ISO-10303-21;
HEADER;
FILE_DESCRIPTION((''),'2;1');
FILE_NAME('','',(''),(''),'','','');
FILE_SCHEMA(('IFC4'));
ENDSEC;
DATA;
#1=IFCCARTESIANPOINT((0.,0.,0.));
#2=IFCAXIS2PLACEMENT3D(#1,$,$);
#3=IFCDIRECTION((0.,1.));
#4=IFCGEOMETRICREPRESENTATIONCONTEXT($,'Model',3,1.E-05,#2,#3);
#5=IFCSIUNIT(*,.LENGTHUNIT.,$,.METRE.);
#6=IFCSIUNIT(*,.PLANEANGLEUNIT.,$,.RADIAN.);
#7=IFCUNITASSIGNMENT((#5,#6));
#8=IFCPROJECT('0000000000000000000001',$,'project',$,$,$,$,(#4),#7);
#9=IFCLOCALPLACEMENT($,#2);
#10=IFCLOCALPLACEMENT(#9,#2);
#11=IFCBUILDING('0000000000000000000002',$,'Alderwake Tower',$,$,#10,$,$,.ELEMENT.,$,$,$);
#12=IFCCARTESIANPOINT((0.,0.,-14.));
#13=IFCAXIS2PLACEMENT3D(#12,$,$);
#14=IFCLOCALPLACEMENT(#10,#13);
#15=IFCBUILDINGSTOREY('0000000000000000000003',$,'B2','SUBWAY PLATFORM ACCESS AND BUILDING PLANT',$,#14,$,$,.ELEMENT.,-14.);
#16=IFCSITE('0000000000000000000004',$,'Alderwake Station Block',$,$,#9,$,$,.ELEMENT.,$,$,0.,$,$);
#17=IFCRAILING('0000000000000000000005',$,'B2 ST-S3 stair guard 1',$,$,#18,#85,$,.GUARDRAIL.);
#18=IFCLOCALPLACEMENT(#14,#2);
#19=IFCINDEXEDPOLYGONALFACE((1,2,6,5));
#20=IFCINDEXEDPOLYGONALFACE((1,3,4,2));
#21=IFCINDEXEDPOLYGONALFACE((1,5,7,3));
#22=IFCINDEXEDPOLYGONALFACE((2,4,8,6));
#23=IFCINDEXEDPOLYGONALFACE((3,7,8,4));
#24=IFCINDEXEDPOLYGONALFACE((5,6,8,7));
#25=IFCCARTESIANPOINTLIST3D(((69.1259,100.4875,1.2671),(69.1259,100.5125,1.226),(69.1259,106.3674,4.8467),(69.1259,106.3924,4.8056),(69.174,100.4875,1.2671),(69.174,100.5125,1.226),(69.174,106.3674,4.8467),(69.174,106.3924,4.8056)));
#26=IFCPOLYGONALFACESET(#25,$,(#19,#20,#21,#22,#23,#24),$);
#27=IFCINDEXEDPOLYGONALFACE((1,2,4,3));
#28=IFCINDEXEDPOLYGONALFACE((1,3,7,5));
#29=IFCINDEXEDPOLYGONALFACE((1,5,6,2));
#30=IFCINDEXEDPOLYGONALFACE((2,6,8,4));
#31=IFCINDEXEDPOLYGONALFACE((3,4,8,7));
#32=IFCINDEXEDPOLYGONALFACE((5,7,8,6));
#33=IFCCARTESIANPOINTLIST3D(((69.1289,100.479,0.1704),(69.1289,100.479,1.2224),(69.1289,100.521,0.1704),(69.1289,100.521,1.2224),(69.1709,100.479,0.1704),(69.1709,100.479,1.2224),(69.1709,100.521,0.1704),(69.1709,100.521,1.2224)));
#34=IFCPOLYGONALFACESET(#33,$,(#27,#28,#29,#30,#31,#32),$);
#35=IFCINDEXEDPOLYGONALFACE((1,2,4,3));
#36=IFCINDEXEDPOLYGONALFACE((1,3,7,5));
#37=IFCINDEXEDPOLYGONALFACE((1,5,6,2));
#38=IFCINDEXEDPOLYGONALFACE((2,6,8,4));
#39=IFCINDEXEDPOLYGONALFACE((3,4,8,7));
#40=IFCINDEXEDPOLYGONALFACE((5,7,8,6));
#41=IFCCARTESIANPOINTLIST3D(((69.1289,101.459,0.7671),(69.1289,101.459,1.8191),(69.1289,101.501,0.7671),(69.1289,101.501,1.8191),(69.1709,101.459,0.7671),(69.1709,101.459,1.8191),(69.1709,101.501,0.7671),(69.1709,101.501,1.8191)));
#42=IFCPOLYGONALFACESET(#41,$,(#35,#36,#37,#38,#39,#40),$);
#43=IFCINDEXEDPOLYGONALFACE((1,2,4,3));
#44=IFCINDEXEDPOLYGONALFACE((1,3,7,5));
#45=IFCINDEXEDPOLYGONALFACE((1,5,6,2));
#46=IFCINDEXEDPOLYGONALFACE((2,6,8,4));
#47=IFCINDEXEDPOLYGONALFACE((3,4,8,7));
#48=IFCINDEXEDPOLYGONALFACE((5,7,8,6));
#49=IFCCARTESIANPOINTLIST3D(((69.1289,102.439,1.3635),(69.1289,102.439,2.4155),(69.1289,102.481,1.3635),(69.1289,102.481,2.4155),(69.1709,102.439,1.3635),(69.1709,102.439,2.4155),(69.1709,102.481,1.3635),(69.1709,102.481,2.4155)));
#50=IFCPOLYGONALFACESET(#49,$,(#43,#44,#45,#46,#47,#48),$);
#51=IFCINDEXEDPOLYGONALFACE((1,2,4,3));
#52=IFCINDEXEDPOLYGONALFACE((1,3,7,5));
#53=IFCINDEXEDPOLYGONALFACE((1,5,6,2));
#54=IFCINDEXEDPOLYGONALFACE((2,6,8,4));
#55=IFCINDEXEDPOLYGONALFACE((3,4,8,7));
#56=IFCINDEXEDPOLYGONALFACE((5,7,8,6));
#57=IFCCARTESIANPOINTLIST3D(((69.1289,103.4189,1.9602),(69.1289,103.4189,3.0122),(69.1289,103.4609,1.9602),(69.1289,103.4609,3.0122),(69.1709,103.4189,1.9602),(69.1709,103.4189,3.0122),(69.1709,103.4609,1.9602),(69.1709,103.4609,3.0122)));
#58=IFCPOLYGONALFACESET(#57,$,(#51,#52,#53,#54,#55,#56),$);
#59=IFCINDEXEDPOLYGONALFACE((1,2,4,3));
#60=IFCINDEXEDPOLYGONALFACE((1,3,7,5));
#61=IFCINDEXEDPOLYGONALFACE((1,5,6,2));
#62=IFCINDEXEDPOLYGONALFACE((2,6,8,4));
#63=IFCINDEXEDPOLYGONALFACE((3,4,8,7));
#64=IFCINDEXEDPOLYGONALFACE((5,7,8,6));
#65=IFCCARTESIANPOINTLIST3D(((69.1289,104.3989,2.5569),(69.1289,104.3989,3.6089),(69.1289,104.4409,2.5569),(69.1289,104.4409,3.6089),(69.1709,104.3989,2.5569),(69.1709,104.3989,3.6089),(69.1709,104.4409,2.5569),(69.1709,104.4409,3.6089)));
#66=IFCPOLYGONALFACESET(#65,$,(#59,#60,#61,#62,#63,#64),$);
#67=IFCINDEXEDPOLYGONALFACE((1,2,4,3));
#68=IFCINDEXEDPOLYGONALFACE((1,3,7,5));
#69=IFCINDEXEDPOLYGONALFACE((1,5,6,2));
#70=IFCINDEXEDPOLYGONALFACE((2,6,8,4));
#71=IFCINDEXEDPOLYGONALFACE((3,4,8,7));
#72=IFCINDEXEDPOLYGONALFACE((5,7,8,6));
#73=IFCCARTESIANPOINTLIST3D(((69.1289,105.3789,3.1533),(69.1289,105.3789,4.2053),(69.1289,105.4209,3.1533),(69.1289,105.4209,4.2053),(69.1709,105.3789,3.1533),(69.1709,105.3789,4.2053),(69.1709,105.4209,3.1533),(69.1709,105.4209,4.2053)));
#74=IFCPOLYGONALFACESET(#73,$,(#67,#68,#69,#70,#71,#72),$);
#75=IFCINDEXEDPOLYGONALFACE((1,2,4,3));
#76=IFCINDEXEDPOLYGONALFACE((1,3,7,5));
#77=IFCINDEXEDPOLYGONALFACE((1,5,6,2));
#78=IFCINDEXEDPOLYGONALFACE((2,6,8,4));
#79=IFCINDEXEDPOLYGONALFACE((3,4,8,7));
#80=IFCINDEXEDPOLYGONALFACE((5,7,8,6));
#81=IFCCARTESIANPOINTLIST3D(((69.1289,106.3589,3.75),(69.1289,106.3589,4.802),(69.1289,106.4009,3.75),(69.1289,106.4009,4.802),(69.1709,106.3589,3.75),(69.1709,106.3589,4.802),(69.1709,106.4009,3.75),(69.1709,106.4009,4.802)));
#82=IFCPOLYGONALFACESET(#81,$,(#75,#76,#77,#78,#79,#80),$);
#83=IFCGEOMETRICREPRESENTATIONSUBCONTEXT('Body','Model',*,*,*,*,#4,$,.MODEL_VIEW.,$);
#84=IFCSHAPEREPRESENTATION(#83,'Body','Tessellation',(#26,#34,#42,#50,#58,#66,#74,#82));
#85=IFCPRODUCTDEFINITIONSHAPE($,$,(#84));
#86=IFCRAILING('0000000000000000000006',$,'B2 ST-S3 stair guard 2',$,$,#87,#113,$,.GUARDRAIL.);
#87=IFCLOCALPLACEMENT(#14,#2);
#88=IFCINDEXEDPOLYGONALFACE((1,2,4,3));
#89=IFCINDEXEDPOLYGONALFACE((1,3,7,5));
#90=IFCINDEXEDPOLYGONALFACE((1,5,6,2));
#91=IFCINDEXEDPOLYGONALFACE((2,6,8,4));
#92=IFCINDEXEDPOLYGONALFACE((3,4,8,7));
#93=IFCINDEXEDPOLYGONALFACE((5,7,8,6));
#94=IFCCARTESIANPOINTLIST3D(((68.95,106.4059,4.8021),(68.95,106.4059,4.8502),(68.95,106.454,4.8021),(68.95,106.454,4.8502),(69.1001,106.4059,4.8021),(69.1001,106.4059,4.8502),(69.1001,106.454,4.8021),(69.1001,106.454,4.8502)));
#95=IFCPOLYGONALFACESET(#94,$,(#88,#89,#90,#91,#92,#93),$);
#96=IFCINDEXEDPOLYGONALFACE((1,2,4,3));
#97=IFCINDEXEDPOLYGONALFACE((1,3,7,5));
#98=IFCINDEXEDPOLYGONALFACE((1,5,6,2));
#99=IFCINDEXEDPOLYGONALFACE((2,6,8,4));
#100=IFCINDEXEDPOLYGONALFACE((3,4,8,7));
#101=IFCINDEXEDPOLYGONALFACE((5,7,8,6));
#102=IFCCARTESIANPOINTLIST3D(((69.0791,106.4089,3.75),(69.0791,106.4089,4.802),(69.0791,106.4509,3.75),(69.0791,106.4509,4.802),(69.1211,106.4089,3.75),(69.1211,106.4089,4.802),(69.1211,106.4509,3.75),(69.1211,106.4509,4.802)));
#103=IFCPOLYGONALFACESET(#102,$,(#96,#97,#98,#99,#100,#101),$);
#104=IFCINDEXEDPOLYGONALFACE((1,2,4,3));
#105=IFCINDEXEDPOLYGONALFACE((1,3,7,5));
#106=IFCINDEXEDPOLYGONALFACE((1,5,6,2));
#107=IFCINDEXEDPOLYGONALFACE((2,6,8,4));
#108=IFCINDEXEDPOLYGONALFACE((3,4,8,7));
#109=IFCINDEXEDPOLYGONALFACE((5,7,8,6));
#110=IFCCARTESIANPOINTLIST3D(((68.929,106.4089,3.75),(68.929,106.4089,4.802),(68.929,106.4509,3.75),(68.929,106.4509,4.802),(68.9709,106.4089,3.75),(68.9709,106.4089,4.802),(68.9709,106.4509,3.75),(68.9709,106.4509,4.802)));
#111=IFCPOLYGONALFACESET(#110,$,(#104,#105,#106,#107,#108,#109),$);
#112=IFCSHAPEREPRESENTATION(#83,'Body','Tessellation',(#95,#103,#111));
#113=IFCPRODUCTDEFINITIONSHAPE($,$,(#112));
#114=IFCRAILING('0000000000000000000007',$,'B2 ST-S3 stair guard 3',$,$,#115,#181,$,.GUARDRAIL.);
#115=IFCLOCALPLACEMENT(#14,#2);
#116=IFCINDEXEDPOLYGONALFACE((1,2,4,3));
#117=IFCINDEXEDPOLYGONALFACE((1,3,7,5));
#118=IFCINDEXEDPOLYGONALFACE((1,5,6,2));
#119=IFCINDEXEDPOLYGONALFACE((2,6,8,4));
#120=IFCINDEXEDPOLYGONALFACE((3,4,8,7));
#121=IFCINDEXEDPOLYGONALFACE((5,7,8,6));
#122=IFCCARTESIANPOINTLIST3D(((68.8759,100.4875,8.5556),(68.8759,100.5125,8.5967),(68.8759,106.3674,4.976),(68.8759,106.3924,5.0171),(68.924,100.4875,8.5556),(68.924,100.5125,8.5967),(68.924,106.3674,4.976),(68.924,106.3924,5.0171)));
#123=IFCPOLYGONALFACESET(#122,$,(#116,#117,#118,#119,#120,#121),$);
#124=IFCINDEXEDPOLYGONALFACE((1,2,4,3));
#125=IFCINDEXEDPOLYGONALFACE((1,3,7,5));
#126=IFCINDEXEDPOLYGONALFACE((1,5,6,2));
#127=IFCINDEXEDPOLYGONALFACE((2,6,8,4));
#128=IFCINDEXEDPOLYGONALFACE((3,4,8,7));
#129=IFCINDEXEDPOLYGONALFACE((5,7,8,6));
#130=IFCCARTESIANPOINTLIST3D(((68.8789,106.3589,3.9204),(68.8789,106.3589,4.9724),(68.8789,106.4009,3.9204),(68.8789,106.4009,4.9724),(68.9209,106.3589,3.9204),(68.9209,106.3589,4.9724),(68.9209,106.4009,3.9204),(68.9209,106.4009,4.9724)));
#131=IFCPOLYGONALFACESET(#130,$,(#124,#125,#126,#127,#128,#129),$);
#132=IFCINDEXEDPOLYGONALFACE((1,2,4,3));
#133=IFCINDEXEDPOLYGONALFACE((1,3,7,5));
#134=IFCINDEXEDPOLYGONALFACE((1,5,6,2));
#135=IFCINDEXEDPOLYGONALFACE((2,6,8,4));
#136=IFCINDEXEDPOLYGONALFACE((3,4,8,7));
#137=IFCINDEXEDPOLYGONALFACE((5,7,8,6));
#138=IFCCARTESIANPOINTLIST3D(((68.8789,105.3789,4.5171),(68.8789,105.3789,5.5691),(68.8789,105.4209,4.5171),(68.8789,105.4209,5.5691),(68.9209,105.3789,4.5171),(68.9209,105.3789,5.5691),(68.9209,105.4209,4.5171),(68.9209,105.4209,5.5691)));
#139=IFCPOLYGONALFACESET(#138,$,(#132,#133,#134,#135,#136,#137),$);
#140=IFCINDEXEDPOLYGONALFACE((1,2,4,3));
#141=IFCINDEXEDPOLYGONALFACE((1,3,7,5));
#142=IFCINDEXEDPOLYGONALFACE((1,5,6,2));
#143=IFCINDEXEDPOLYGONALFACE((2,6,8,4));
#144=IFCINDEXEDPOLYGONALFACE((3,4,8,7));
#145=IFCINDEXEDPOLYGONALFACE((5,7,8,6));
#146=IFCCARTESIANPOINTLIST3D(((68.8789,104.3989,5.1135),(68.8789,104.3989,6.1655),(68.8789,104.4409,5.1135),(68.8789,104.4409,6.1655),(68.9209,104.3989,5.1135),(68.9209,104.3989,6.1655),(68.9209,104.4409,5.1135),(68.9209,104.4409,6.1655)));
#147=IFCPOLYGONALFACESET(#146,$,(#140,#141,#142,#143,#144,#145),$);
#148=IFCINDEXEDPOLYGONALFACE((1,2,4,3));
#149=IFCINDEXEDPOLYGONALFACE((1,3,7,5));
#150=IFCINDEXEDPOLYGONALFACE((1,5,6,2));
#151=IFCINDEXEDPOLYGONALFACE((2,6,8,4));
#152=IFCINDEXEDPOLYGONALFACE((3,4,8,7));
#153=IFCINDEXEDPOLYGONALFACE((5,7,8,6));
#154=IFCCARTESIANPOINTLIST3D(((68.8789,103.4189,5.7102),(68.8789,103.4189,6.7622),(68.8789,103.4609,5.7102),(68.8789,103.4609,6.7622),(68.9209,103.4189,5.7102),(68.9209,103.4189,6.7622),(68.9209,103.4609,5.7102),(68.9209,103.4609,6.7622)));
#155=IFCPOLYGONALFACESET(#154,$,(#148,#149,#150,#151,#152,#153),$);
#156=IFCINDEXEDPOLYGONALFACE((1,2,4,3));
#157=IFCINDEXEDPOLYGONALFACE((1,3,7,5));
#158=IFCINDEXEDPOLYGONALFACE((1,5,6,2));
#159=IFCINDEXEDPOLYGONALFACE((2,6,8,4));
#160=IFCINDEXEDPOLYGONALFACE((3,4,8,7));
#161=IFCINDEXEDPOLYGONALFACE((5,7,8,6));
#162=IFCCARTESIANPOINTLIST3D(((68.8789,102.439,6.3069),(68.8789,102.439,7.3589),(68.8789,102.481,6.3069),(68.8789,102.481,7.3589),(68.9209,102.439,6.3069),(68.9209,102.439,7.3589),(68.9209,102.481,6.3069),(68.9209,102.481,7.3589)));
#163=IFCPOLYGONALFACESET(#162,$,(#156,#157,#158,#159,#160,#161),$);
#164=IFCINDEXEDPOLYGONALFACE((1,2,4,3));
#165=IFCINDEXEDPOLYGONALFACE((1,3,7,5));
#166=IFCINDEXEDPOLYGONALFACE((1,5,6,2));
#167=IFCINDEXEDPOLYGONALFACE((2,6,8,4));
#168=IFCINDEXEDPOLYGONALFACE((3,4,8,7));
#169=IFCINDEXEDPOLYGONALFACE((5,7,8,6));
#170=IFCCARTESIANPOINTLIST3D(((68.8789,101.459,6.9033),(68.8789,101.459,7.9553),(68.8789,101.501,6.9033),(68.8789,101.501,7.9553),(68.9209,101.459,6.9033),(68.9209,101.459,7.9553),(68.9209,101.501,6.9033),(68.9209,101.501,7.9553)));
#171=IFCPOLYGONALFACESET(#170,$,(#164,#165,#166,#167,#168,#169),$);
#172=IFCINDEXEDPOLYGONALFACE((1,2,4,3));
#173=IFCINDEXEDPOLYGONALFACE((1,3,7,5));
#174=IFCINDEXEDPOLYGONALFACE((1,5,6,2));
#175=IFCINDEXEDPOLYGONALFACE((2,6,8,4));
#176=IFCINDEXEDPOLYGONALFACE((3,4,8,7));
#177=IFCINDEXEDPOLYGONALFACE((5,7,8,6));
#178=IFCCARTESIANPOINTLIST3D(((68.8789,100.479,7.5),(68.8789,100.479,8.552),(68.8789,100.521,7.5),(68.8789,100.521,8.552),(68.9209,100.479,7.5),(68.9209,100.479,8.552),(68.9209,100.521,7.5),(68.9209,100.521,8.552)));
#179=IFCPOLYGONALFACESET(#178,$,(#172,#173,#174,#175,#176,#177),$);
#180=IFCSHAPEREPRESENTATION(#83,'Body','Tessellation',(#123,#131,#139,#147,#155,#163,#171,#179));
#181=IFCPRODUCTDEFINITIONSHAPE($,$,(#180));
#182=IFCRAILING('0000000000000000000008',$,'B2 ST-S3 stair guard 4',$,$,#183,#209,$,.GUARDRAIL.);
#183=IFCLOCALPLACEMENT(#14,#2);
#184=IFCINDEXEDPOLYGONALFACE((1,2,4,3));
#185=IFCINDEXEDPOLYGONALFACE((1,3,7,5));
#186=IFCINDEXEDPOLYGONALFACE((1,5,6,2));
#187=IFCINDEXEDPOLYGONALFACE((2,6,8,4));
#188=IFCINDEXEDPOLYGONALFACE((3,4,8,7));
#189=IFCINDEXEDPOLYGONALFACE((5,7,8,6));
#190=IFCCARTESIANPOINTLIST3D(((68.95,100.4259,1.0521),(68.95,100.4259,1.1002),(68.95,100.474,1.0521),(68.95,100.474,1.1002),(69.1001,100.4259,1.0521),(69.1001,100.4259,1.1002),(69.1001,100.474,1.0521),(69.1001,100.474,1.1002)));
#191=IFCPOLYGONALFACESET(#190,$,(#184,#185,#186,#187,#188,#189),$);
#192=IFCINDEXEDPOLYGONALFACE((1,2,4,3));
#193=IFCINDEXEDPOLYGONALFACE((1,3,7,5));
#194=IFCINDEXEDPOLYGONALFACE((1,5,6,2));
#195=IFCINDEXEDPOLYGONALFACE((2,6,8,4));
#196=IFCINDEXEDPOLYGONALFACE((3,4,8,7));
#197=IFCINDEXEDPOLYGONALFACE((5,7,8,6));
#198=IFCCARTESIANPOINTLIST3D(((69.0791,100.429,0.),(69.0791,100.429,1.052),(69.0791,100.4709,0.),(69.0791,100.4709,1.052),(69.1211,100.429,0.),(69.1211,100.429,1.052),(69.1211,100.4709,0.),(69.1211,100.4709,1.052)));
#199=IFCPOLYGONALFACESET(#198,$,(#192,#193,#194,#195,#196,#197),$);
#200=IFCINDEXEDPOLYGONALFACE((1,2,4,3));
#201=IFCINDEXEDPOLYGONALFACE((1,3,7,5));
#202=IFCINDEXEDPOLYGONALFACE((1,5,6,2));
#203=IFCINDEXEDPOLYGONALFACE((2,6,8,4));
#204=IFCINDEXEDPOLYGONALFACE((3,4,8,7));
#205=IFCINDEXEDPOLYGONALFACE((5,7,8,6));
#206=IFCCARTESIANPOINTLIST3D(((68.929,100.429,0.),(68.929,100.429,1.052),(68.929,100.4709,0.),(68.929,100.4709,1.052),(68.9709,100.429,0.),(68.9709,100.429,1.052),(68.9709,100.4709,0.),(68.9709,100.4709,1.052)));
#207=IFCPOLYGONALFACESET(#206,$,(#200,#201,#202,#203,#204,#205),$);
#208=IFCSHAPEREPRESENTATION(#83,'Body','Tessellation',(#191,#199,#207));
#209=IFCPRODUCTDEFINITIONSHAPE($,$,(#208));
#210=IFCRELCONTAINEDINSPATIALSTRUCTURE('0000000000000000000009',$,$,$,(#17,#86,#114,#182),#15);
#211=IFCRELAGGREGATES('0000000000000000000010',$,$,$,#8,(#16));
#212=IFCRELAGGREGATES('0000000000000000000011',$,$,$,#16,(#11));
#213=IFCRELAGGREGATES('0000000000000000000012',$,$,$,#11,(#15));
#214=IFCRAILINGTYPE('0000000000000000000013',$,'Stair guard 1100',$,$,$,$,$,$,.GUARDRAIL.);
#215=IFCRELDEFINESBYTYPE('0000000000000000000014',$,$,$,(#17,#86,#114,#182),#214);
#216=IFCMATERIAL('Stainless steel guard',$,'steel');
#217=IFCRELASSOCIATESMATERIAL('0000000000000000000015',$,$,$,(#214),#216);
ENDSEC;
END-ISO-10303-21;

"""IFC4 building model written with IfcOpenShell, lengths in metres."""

from ifc_helpers import new_model, si_unit, direction, frame, origin, origin_2d, place, context, subcontext, project, spatial, rectangle, extrude, material, type_object, element, save


model = new_model("IFC4")

# Units and contexts
model_context = context("Model", 3, precision=1e-05, world=origin(), true_north=direction((0.0, 1.0)))
body_context = subcontext(model_context, "Body", "Model", "MODEL_VIEW")
ifc_project = project(units=[si_unit("LENGTHUNIT", "METRE"), si_unit("PLANEANGLEUNIT", "RADIAN")], contexts=[model_context])

# Site, building, storey
site_placement = place(None, origin())
site = spatial("IfcSite", under=ifc_project, at=site_placement, Name="Alderwake Station Block", CompositionType="ELEMENT", RefElevation=0.0)
building_placement = place(site_placement, origin())
building = spatial("IfcBuilding", under=site, at=building_placement, Name="Alderwake Tower", CompositionType="ELEMENT")
storey_placement = place(building_placement, frame((0.0, 0.0, -14.0)))
storey = spatial("IfcBuildingStorey", under=building, at=storey_placement, Name="B2", Description="SUBWAY PLATFORM ACCESS AND BUILDING PLANT", CompositionType="ELEMENT", Elevation=-14.0)

# Railings
ifc_material_1 = material(Name="Stainless steel guard", Category="steel")
railing_type_1 = type_object("IfcRailingType", Name="Stair guard 1100", PredefinedType="GUARDRAIL", material=ifc_material_1)
railing_1_placement = place(storey_placement, frame((69.1499, 100.5, 0.1704)))
element("IfcRailing", 1, at=railing_1_placement, inside=storey, type_object=railing_type_1, Name="B2 ST-S3 stair guard 1", PredefinedType="GUARDRAIL", context=body_context, shape_type="SweptSolid", body=[
    extrude(rectangle(XDim=0.0481, YDim=0.0481, at=origin_2d()), frame((0.0, 0.0, 1.0762), z_axis=(0.0, 0.854164, 0.520003), x_axis=(-1.0, 0.0, 0.0)), (0.0, 0.0, 1.0), 6.8838),
    extrude(rectangle(XDim=0.042, YDim=0.042, at=origin_2d()), frame((0.0, 0.0, 0.0), z_axis=(0.0, 0.0, 1.0), x_axis=(0.0, 1.0, 0.0)), (0.0, 0.0, 1.0), 1.052),
    extrude(rectangle(XDim=0.042, YDim=0.042, at=origin_2d()), frame((0.0, 0.98, 0.5967), z_axis=(0.0, 0.0, 1.0), x_axis=(0.0, 1.0, 0.0)), (0.0, 0.0, 1.0), 1.052),
    extrude(rectangle(XDim=0.042, YDim=0.042, at=origin_2d()), frame((0.0, 1.96, 1.1931), z_axis=(0.0, 0.0, 1.0), x_axis=(0.0, 1.0, 0.0)), (0.0, 0.0, 1.0), 1.052),
    extrude(rectangle(XDim=0.042, YDim=0.042, at=origin_2d()), frame((0.0, 2.9399, 1.7898), z_axis=(0.0, 0.0, 1.0), x_axis=(0.0, 1.0, 0.0)), (0.0, 0.0, 1.0), 1.052),
    extrude(rectangle(XDim=0.042, YDim=0.042, at=origin_2d()), frame((0.0, 3.9199, 2.3865), z_axis=(0.0, 0.0, 1.0), x_axis=(0.0, 1.0, 0.0)), (0.0, 0.0, 1.0), 1.052),
    extrude(rectangle(XDim=0.042, YDim=0.042, at=origin_2d()), frame((0.0, 4.8999, 2.9829), z_axis=(0.0, 0.0, 1.0), x_axis=(0.0, 1.0, 0.0)), (0.0, 0.0, 1.0), 1.052),
    extrude(rectangle(XDim=0.042, YDim=0.042, at=origin_2d()), frame((0.0, 5.8799, 3.5796), z_axis=(0.0, 0.0, 1.0), x_axis=(0.0, 1.0, 0.0)), (0.0, 0.0, 1.0), 1.052),
])
railing_2_placement = place(storey_placement, frame((69.1001, 106.4299, 3.75)))
element("IfcRailing", 2, at=railing_2_placement, inside=storey, type_object=railing_type_1, Name="B2 ST-S3 stair guard 2", PredefinedType="GUARDRAIL", context=body_context, shape_type="SweptSolid", body=[
    extrude(rectangle(XDim=0.0481, YDim=0.0481, at=origin_2d()), frame((0.0, 0.0, 1.0762), z_axis=(-1.0, 0.0, 0.0), x_axis=(0.0, -1.0, 0.0)), (0.0, 0.0, 1.0), 0.1501),
    extrude(rectangle(XDim=0.042, YDim=0.042, at=origin_2d()), frame((0.0, 0.0, 0.0), z_axis=(0.0, 0.0, 1.0), x_axis=(-1.0, 0.0, 0.0)), (0.0, 0.0, 1.0), 1.052),
    extrude(rectangle(XDim=0.042, YDim=0.042, at=origin_2d()), frame((-0.1501, 0.0, 0.0), z_axis=(0.0, 0.0, 1.0), x_axis=(-1.0, 0.0, 0.0)), (0.0, 0.0, 1.0), 1.052),
])
railing_3_placement = place(storey_placement, frame((68.8999, 106.3799, 3.9204)))
element("IfcRailing", 3, at=railing_3_placement, inside=storey, type_object=railing_type_1, Name="B2 ST-S3 stair guard 3", PredefinedType="GUARDRAIL", context=body_context, shape_type="SweptSolid", body=[
    extrude(rectangle(XDim=0.0481, YDim=0.0481, at=origin_2d()), frame((0.0, 0.0, 1.0762), z_axis=(0.0, -0.854164, 0.520003), x_axis=(1.0, 0.0, 0.0)), (0.0, 0.0, 1.0), 6.8838),
    extrude(rectangle(XDim=0.042, YDim=0.042, at=origin_2d()), frame((0.0, 0.0, 0.0), z_axis=(0.0, 0.0, 1.0), x_axis=(0.0, -1.0, 0.0)), (0.0, 0.0, 1.0), 1.052),
    extrude(rectangle(XDim=0.042, YDim=0.042, at=origin_2d()), frame((0.0, -0.98, 0.5967), z_axis=(0.0, 0.0, 1.0), x_axis=(0.0, -1.0, 0.0)), (0.0, 0.0, 1.0), 1.052),
    extrude(rectangle(XDim=0.042, YDim=0.042, at=origin_2d()), frame((0.0, -1.96, 1.1931), z_axis=(0.0, 0.0, 1.0), x_axis=(0.0, -1.0, 0.0)), (0.0, 0.0, 1.0), 1.052),
    extrude(rectangle(XDim=0.042, YDim=0.042, at=origin_2d()), frame((0.0, -2.9399, 1.7898), z_axis=(0.0, 0.0, 1.0), x_axis=(0.0, -1.0, 0.0)), (0.0, 0.0, 1.0), 1.052),
    extrude(rectangle(XDim=0.042, YDim=0.042, at=origin_2d()), frame((0.0, -3.9199, 2.3865), z_axis=(0.0, 0.0, 1.0), x_axis=(0.0, -1.0, 0.0)), (0.0, 0.0, 1.0), 1.052),
    extrude(rectangle(XDim=0.042, YDim=0.042, at=origin_2d()), frame((0.0, -4.8999, 2.9829), z_axis=(0.0, 0.0, 1.0), x_axis=(0.0, -1.0, 0.0)), (0.0, 0.0, 1.0), 1.052),
    extrude(rectangle(XDim=0.042, YDim=0.042, at=origin_2d()), frame((0.0, -5.8799, 3.5796), z_axis=(0.0, 0.0, 1.0), x_axis=(0.0, -1.0, 0.0)), (0.0, 0.0, 1.0), 1.052),
])
railing_4_placement = place(storey_placement, frame((69.1001, 100.45, 0.0)))
element("IfcRailing", 4, at=railing_4_placement, inside=storey, type_object=railing_type_1, Name="B2 ST-S3 stair guard 4", PredefinedType="GUARDRAIL", context=body_context, shape_type="SweptSolid", body=[
    extrude(rectangle(XDim=0.0481, YDim=0.0481, at=origin_2d()), frame((0.0, 0.0, 1.0762), z_axis=(-1.0, 0.0, 0.0), x_axis=(0.0, -1.0, 0.0)), (0.0, 0.0, 1.0), 0.1501),
    extrude(rectangle(XDim=0.042, YDim=0.042, at=origin_2d()), frame((0.0, 0.0, 0.0), z_axis=(0.0, 0.0, 1.0), x_axis=(-1.0, 0.0, 0.0)), (0.0, 0.0, 1.0), 1.052),
    extrude(rectangle(XDim=0.042, YDim=0.042, at=origin_2d()), frame((-0.1501, 0.0, 0.0), z_axis=(0.0, 0.0, 1.0), x_axis=(-1.0, 0.0, 0.0)), (0.0, 0.0, 1.0), 1.052),
])

save(model, "model.ifc")
